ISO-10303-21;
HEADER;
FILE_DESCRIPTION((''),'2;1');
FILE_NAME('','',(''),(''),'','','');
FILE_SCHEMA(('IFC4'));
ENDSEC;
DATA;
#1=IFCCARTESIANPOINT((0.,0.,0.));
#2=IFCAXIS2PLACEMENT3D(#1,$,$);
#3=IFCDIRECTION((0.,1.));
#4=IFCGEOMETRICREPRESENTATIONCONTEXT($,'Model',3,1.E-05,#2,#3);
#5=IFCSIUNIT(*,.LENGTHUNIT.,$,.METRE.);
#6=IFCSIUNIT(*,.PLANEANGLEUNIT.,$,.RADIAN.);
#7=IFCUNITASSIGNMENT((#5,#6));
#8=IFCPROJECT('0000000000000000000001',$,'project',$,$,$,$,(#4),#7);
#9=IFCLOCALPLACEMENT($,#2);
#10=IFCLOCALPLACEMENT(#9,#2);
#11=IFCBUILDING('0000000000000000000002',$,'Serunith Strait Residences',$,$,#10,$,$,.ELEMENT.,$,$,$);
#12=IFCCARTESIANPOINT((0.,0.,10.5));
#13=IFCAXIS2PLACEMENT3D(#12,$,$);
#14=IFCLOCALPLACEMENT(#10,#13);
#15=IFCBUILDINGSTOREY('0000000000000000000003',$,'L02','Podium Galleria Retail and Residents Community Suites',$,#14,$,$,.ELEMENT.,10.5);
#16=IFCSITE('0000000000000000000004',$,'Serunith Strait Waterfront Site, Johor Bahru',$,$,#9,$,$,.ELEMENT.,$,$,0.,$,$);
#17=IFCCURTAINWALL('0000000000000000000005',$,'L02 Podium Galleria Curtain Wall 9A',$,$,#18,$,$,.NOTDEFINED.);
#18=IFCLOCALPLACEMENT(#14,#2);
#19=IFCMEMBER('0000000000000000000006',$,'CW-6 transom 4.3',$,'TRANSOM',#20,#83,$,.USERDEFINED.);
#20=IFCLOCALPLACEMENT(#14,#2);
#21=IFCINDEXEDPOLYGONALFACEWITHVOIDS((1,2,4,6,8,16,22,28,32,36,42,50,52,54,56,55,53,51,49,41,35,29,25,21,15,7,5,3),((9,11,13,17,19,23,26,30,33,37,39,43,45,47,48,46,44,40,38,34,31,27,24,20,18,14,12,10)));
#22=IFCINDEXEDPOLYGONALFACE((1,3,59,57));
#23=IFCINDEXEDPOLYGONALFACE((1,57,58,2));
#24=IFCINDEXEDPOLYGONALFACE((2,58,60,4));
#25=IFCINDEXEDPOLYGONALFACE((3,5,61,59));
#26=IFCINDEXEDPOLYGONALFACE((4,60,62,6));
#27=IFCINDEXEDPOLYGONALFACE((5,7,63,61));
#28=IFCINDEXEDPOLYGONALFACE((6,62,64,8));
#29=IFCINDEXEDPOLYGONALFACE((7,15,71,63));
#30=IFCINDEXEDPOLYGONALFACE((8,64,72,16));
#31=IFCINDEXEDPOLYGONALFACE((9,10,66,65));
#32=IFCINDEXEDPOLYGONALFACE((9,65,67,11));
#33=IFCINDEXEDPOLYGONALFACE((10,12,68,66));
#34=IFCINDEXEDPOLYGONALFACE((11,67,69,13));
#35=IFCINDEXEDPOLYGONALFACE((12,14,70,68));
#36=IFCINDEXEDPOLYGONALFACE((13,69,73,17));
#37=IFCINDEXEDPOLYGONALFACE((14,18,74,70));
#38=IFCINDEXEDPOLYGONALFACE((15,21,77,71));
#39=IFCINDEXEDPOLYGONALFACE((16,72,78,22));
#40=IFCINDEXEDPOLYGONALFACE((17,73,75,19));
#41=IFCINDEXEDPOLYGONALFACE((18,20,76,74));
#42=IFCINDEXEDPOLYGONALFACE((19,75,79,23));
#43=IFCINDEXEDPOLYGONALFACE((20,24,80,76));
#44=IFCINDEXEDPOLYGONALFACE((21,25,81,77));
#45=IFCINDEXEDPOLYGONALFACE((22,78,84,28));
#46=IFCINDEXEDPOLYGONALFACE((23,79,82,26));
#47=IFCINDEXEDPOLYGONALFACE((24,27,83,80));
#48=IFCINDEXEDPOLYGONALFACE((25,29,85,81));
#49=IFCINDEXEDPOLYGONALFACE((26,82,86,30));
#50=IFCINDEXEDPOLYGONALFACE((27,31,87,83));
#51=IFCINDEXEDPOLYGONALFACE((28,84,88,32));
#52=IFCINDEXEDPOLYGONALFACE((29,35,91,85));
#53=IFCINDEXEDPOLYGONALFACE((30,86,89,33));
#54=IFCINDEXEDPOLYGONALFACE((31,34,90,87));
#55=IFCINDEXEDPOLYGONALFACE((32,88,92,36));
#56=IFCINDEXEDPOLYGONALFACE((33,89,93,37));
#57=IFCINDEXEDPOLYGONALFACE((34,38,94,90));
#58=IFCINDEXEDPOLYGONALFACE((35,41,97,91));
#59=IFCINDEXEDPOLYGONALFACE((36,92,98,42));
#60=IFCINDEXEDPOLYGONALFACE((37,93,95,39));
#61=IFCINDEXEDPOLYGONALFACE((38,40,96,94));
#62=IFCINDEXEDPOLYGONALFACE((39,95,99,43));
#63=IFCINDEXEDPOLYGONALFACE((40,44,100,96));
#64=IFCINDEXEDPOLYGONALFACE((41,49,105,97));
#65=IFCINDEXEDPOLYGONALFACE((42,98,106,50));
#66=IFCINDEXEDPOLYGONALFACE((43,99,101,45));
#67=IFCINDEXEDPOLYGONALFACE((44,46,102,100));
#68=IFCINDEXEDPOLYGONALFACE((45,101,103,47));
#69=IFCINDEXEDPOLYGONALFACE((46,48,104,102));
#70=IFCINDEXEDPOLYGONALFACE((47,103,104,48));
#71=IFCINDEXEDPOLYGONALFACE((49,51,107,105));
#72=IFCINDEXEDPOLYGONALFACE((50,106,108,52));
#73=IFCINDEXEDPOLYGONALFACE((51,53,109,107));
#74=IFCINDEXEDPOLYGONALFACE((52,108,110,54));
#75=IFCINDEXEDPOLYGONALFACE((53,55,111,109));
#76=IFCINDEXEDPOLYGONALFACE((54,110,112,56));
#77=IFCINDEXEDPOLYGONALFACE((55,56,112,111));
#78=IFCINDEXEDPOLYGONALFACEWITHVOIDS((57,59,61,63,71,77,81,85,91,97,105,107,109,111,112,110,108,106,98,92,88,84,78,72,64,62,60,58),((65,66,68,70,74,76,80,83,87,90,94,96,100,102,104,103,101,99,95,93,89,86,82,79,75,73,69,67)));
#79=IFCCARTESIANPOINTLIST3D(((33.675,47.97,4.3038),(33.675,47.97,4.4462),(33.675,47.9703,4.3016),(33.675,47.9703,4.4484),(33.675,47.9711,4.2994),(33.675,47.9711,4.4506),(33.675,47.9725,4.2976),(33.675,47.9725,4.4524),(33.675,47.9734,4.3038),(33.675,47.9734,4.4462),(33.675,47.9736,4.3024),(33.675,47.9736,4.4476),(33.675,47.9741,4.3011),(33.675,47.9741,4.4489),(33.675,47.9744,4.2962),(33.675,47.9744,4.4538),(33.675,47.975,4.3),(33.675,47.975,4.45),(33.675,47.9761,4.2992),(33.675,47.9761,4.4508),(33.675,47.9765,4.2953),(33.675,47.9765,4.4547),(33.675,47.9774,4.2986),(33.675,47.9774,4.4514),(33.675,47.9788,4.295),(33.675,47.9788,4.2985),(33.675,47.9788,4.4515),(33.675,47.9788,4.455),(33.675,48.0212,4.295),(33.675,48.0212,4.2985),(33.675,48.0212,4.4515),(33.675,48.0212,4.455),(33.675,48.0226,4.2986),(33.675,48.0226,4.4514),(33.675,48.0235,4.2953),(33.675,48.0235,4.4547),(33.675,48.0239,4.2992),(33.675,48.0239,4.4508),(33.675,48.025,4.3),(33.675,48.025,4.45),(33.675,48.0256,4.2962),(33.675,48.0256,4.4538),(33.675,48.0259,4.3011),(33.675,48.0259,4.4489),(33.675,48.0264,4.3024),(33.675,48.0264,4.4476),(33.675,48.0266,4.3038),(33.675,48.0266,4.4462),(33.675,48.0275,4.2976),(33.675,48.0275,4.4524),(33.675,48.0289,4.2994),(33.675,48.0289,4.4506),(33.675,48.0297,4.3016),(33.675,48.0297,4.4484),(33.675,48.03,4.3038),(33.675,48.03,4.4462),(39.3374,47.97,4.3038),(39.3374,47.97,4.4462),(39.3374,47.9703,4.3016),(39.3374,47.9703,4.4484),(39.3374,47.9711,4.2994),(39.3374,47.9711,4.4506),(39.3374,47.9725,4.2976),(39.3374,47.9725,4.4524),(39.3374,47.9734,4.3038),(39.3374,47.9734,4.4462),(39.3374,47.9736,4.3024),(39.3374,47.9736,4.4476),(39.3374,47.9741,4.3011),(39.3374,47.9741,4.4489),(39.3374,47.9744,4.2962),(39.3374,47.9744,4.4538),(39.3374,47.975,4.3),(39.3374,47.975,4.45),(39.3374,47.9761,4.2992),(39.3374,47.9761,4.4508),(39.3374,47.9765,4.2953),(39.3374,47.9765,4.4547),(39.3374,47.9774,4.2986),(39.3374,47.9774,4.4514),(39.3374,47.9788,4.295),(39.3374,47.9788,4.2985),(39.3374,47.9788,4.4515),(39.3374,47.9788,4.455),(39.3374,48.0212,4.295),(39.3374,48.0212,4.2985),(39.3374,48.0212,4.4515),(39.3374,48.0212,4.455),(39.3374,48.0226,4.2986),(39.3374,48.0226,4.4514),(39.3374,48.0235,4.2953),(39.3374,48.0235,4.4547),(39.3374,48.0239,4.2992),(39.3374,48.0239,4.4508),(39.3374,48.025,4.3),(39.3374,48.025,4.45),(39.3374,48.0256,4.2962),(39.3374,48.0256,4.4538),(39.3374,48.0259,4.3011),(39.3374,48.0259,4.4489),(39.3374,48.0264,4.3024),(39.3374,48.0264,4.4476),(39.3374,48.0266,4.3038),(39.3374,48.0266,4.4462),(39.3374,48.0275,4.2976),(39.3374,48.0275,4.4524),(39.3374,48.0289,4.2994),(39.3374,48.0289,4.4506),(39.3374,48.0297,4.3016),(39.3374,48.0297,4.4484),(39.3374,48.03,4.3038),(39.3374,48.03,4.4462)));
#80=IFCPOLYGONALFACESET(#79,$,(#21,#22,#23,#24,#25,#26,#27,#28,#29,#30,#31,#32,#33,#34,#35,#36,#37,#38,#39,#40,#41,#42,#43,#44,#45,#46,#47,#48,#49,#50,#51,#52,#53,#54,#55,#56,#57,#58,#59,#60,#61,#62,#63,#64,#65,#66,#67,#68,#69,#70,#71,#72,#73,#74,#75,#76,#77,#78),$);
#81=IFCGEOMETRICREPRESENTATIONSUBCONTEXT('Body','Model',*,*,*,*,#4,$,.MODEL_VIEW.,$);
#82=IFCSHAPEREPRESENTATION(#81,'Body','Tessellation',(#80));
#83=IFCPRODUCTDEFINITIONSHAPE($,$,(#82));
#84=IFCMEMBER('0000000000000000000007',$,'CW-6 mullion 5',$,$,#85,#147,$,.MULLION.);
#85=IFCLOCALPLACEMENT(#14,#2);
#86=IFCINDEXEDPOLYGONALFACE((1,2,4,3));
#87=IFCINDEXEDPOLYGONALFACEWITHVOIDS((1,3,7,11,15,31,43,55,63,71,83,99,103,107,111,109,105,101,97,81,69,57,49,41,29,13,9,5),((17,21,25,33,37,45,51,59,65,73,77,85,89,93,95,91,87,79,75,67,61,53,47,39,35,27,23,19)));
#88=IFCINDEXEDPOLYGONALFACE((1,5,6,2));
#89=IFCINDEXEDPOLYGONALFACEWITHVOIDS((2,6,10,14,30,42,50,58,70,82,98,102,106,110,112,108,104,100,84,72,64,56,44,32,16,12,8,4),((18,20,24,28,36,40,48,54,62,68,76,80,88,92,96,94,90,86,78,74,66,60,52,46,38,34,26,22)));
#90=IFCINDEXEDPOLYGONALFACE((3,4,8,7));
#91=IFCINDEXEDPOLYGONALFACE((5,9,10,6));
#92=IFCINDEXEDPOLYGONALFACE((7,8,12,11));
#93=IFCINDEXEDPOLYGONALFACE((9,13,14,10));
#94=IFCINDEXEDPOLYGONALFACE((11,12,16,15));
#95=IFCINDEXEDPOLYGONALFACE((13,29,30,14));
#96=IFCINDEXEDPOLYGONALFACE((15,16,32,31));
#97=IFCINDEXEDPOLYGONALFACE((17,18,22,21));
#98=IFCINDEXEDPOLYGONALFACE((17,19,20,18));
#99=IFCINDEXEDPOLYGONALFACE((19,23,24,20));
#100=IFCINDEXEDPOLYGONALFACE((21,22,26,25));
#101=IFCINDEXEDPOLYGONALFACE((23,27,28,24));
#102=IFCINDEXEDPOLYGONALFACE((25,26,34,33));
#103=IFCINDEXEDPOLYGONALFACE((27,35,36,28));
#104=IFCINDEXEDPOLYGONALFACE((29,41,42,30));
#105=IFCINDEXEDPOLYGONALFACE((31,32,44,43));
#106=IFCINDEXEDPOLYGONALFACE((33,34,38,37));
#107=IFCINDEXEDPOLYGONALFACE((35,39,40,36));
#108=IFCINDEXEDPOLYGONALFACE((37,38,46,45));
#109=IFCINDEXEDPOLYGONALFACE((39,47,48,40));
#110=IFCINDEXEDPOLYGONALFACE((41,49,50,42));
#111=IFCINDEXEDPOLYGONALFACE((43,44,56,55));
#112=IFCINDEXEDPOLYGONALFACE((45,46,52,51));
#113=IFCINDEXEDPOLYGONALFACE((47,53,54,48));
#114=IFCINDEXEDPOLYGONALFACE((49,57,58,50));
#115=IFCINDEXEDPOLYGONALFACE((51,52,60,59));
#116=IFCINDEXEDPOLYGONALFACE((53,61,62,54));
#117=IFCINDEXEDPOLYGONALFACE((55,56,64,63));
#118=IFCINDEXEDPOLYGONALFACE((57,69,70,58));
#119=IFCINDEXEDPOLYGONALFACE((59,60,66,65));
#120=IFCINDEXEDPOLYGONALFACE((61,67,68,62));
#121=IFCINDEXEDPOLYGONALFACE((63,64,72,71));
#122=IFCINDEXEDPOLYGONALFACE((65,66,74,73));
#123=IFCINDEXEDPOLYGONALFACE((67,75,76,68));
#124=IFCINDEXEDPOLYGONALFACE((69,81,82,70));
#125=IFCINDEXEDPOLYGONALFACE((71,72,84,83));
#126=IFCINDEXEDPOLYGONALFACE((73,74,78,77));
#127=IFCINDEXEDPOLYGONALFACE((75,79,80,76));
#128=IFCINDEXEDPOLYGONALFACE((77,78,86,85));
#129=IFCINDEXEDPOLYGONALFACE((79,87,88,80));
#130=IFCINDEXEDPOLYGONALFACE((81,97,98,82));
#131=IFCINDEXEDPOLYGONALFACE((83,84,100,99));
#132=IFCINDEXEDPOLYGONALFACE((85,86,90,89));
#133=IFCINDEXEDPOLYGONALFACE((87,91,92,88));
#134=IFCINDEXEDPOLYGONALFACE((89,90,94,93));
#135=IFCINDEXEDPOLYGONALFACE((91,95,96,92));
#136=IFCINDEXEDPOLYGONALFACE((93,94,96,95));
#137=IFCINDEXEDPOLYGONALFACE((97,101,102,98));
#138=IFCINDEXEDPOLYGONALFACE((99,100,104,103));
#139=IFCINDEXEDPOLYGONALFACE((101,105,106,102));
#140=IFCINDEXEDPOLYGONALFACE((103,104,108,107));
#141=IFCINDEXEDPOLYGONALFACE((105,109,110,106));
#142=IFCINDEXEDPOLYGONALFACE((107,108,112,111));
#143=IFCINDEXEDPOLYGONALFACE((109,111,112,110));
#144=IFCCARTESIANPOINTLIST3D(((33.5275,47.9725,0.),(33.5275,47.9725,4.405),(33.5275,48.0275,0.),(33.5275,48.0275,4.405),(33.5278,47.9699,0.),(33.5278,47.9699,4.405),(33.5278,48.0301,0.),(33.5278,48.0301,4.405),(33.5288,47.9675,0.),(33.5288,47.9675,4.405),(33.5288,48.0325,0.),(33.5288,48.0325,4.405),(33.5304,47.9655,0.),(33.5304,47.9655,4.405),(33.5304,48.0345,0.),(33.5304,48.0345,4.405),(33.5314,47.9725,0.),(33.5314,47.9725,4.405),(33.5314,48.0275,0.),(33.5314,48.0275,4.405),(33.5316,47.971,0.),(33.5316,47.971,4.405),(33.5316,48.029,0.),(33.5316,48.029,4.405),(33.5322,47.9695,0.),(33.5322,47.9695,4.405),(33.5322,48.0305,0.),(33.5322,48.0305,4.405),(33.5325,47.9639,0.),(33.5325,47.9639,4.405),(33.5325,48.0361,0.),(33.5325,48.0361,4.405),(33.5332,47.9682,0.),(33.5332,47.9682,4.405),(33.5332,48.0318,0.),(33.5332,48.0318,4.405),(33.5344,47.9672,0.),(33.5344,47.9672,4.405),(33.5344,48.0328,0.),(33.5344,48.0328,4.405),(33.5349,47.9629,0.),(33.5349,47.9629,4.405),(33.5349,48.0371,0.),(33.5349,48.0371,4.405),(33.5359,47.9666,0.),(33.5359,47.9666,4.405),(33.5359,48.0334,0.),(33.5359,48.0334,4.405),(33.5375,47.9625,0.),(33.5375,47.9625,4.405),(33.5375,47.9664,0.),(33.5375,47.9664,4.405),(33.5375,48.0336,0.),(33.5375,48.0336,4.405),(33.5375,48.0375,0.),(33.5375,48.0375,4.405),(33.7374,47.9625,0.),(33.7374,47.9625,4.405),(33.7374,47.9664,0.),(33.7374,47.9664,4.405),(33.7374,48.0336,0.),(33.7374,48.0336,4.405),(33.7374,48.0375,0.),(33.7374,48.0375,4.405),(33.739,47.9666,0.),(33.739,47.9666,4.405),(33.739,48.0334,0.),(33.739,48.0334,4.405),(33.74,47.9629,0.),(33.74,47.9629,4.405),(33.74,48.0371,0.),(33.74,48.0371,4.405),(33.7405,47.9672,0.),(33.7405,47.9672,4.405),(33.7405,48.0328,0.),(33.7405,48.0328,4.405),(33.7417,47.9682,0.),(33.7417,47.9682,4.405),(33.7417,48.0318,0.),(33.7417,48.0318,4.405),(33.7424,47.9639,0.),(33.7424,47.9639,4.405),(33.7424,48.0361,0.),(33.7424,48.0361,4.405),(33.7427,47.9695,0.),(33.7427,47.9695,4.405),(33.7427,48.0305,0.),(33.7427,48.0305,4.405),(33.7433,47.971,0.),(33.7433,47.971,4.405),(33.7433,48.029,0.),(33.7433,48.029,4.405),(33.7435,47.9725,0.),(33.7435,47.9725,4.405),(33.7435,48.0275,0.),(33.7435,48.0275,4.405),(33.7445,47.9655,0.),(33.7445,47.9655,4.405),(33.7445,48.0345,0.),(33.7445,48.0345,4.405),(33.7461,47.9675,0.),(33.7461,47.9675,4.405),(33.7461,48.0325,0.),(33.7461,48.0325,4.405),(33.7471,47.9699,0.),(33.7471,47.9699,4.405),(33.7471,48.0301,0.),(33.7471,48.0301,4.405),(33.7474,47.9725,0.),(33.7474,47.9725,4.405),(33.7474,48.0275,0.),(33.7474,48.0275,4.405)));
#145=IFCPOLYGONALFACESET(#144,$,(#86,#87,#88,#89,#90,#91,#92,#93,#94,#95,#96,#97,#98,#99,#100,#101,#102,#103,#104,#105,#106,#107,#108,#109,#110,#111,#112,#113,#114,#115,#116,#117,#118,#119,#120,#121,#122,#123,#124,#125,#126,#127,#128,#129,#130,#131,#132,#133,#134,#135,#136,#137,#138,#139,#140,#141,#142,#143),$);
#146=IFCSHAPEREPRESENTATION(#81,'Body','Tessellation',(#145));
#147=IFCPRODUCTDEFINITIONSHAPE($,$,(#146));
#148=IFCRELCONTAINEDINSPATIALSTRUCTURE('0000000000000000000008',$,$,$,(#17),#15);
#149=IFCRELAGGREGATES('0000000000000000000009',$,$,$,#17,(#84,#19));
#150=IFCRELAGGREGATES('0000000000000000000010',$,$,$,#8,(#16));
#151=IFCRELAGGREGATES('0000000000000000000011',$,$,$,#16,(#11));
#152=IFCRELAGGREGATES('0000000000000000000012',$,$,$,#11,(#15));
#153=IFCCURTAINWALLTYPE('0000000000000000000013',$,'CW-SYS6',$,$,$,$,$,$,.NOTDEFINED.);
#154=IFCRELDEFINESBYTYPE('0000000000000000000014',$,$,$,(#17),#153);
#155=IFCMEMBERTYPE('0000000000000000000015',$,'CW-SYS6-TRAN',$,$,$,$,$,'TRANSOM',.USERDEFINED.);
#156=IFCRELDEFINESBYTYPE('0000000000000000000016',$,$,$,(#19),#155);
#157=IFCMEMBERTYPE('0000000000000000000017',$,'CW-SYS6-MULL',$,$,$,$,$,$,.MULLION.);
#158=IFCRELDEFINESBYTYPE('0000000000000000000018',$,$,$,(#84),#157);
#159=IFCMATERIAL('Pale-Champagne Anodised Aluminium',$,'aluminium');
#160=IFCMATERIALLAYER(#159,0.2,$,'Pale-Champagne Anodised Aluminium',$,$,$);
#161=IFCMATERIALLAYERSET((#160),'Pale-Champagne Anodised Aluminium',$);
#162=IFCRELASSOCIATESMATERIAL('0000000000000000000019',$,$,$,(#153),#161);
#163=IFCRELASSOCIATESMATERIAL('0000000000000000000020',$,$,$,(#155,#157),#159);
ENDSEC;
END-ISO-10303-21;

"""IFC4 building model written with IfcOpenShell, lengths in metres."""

from ifc_helpers import new_model, si_unit, direction, frame, origin, origin_2d, place, context, subcontext, project, spatial, hollow_rectangle, extrude, source, transform, mapped, material, layer, layer_set, material_profile, profile_set, type_object, element, aggregate, save


model = new_model("IFC4")

# Units and contexts
model_context = context("Model", 3, precision=1e-05, world=origin(), true_north=direction((0.0, 1.0)))
body_context = subcontext(model_context, "Body", "Model", "MODEL_VIEW")
ifc_project = project(units=[si_unit("LENGTHUNIT", "METRE"), si_unit("PLANEANGLEUNIT", "RADIAN")], contexts=[model_context])

# Site, building, storey
site_placement = place(None, origin())
site = spatial("IfcSite", under=ifc_project, at=site_placement, Name="Serunith Strait Waterfront Site, Johor Bahru", CompositionType="ELEMENT", RefElevation=0.0)
building_placement = place(site_placement, origin())
building = spatial("IfcBuilding", under=site, at=building_placement, Name="Serunith Strait Residences", CompositionType="ELEMENT")
storey_placement = place(building_placement, frame((0.0, 0.0, 10.5)))
storey = spatial("IfcBuildingStorey", under=building, at=storey_placement, Name="L02", Description="Podium Galleria Retail and Residents Community Suites", CompositionType="ELEMENT", Elevation=10.5)

# Curtain wall, members
ifc_material_1 = material(Name="Pale-Champagne Anodised Aluminium", Category="aluminium")
ifc_layer_1 = layer(ifc_material_1, 0.2, Name="Pale-Champagne Anodised Aluminium")
ifc_layer_set_1 = layer_set([ifc_layer_1], Name="Pale-Champagne Anodised Aluminium")
curtain_wall_type = type_object("IfcCurtainWallType", Name="CW-SYS6", PredefinedType="NOTDEFINED", material=ifc_layer_set_1)
ifc_material_profile_1 = material_profile(ifc_material_1, hollow_rectangle(XDim=0.0601, YDim=0.1599, WallThickness=0.0034, InnerFilletRadius=0.0054, OuterFilletRadius=0.0088, at=origin_2d()), Name="ALU 160x60x3.5")
ifc_profile_set_1 = profile_set([ifc_material_profile_1], Name="Pale-Champagne Anodised Aluminium")
member_type_1 = type_object("IfcMemberType", Name="CW-SYS6-TRAN", ElementType="TRANSOM", PredefinedType="USERDEFINED", material=ifc_profile_set_1)
curtain_wall_1_placement = place(storey_placement, origin())
curtain_wall_1 = element("IfcCurtainWall", 1, at=curtain_wall_1_placement, inside=storey, type_object=curtain_wall_type, Name="L02 Podium Galleria Curtain Wall 9A", PredefinedType="NOTDEFINED")
shared_shape_1 = source(origin(), body_context, "Body", "SweptSolid", [
    extrude(hollow_rectangle(XDim=0.0601, YDim=0.1599, WallThickness=0.0034, InnerFilletRadius=0.0054, OuterFilletRadius=0.0088, at=origin_2d()), origin(), (0.0, 0.0, 1.0), 5.6624),
])
member_1_placement = place(storey_placement, frame((39.3374, 48.0, 4.375), z_axis=(-1.0, 0.0, 0.0), x_axis=(0.0, -1.0, 0.0)))
member_1 = element("IfcMember", 2, at=member_1_placement, type_object=member_type_1, Name="CW-6 transom 4.3", ObjectType="TRANSOM", PredefinedType="USERDEFINED", context=body_context, shape_type="MappedRepresentation", body=[
    mapped(shared_shape_1, transform((0.0, 0.0, 0.0), scale=1.0)),
])
ifc_material_profile_2 = material_profile(ifc_material_1, hollow_rectangle(XDim=0.075, YDim=0.22, WallThickness=0.0039, InnerFilletRadius=0.0061, OuterFilletRadius=0.01, at=origin_2d()), Name="ALU 220x75x4")
ifc_profile_set_2 = profile_set([ifc_material_profile_2], Name="Pale-Champagne Anodised Aluminium")
member_type_2 = type_object("IfcMemberType", Name="CW-SYS6-MULL", PredefinedType="MULLION", material=ifc_profile_set_2)
shared_shape_2 = source(origin(), body_context, "Body", "SweptSolid", [
    extrude(hollow_rectangle(XDim=0.075, YDim=0.22, WallThickness=0.0039, InnerFilletRadius=0.0061, OuterFilletRadius=0.01, at=origin_2d()), origin(), (0.0, 0.0, 1.0), 4.405),
])
member_2_placement = place(storey_placement, frame((33.6375, 48.0, 0.0), z_axis=(0.0, 0.0, 1.0), x_axis=(0.0, -1.0, 0.0)))
member_2 = element("IfcMember", 3, at=member_2_placement, type_object=member_type_2, Name="CW-6 mullion 5", PredefinedType="MULLION", context=body_context, shape_type="MappedRepresentation", body=[
    mapped(shared_shape_2, transform((0.0, 0.0, 0.0), scale=1.0)),
])

aggregate(curtain_wall_1, [member_2, member_1])

save(model, "model.ifc")
